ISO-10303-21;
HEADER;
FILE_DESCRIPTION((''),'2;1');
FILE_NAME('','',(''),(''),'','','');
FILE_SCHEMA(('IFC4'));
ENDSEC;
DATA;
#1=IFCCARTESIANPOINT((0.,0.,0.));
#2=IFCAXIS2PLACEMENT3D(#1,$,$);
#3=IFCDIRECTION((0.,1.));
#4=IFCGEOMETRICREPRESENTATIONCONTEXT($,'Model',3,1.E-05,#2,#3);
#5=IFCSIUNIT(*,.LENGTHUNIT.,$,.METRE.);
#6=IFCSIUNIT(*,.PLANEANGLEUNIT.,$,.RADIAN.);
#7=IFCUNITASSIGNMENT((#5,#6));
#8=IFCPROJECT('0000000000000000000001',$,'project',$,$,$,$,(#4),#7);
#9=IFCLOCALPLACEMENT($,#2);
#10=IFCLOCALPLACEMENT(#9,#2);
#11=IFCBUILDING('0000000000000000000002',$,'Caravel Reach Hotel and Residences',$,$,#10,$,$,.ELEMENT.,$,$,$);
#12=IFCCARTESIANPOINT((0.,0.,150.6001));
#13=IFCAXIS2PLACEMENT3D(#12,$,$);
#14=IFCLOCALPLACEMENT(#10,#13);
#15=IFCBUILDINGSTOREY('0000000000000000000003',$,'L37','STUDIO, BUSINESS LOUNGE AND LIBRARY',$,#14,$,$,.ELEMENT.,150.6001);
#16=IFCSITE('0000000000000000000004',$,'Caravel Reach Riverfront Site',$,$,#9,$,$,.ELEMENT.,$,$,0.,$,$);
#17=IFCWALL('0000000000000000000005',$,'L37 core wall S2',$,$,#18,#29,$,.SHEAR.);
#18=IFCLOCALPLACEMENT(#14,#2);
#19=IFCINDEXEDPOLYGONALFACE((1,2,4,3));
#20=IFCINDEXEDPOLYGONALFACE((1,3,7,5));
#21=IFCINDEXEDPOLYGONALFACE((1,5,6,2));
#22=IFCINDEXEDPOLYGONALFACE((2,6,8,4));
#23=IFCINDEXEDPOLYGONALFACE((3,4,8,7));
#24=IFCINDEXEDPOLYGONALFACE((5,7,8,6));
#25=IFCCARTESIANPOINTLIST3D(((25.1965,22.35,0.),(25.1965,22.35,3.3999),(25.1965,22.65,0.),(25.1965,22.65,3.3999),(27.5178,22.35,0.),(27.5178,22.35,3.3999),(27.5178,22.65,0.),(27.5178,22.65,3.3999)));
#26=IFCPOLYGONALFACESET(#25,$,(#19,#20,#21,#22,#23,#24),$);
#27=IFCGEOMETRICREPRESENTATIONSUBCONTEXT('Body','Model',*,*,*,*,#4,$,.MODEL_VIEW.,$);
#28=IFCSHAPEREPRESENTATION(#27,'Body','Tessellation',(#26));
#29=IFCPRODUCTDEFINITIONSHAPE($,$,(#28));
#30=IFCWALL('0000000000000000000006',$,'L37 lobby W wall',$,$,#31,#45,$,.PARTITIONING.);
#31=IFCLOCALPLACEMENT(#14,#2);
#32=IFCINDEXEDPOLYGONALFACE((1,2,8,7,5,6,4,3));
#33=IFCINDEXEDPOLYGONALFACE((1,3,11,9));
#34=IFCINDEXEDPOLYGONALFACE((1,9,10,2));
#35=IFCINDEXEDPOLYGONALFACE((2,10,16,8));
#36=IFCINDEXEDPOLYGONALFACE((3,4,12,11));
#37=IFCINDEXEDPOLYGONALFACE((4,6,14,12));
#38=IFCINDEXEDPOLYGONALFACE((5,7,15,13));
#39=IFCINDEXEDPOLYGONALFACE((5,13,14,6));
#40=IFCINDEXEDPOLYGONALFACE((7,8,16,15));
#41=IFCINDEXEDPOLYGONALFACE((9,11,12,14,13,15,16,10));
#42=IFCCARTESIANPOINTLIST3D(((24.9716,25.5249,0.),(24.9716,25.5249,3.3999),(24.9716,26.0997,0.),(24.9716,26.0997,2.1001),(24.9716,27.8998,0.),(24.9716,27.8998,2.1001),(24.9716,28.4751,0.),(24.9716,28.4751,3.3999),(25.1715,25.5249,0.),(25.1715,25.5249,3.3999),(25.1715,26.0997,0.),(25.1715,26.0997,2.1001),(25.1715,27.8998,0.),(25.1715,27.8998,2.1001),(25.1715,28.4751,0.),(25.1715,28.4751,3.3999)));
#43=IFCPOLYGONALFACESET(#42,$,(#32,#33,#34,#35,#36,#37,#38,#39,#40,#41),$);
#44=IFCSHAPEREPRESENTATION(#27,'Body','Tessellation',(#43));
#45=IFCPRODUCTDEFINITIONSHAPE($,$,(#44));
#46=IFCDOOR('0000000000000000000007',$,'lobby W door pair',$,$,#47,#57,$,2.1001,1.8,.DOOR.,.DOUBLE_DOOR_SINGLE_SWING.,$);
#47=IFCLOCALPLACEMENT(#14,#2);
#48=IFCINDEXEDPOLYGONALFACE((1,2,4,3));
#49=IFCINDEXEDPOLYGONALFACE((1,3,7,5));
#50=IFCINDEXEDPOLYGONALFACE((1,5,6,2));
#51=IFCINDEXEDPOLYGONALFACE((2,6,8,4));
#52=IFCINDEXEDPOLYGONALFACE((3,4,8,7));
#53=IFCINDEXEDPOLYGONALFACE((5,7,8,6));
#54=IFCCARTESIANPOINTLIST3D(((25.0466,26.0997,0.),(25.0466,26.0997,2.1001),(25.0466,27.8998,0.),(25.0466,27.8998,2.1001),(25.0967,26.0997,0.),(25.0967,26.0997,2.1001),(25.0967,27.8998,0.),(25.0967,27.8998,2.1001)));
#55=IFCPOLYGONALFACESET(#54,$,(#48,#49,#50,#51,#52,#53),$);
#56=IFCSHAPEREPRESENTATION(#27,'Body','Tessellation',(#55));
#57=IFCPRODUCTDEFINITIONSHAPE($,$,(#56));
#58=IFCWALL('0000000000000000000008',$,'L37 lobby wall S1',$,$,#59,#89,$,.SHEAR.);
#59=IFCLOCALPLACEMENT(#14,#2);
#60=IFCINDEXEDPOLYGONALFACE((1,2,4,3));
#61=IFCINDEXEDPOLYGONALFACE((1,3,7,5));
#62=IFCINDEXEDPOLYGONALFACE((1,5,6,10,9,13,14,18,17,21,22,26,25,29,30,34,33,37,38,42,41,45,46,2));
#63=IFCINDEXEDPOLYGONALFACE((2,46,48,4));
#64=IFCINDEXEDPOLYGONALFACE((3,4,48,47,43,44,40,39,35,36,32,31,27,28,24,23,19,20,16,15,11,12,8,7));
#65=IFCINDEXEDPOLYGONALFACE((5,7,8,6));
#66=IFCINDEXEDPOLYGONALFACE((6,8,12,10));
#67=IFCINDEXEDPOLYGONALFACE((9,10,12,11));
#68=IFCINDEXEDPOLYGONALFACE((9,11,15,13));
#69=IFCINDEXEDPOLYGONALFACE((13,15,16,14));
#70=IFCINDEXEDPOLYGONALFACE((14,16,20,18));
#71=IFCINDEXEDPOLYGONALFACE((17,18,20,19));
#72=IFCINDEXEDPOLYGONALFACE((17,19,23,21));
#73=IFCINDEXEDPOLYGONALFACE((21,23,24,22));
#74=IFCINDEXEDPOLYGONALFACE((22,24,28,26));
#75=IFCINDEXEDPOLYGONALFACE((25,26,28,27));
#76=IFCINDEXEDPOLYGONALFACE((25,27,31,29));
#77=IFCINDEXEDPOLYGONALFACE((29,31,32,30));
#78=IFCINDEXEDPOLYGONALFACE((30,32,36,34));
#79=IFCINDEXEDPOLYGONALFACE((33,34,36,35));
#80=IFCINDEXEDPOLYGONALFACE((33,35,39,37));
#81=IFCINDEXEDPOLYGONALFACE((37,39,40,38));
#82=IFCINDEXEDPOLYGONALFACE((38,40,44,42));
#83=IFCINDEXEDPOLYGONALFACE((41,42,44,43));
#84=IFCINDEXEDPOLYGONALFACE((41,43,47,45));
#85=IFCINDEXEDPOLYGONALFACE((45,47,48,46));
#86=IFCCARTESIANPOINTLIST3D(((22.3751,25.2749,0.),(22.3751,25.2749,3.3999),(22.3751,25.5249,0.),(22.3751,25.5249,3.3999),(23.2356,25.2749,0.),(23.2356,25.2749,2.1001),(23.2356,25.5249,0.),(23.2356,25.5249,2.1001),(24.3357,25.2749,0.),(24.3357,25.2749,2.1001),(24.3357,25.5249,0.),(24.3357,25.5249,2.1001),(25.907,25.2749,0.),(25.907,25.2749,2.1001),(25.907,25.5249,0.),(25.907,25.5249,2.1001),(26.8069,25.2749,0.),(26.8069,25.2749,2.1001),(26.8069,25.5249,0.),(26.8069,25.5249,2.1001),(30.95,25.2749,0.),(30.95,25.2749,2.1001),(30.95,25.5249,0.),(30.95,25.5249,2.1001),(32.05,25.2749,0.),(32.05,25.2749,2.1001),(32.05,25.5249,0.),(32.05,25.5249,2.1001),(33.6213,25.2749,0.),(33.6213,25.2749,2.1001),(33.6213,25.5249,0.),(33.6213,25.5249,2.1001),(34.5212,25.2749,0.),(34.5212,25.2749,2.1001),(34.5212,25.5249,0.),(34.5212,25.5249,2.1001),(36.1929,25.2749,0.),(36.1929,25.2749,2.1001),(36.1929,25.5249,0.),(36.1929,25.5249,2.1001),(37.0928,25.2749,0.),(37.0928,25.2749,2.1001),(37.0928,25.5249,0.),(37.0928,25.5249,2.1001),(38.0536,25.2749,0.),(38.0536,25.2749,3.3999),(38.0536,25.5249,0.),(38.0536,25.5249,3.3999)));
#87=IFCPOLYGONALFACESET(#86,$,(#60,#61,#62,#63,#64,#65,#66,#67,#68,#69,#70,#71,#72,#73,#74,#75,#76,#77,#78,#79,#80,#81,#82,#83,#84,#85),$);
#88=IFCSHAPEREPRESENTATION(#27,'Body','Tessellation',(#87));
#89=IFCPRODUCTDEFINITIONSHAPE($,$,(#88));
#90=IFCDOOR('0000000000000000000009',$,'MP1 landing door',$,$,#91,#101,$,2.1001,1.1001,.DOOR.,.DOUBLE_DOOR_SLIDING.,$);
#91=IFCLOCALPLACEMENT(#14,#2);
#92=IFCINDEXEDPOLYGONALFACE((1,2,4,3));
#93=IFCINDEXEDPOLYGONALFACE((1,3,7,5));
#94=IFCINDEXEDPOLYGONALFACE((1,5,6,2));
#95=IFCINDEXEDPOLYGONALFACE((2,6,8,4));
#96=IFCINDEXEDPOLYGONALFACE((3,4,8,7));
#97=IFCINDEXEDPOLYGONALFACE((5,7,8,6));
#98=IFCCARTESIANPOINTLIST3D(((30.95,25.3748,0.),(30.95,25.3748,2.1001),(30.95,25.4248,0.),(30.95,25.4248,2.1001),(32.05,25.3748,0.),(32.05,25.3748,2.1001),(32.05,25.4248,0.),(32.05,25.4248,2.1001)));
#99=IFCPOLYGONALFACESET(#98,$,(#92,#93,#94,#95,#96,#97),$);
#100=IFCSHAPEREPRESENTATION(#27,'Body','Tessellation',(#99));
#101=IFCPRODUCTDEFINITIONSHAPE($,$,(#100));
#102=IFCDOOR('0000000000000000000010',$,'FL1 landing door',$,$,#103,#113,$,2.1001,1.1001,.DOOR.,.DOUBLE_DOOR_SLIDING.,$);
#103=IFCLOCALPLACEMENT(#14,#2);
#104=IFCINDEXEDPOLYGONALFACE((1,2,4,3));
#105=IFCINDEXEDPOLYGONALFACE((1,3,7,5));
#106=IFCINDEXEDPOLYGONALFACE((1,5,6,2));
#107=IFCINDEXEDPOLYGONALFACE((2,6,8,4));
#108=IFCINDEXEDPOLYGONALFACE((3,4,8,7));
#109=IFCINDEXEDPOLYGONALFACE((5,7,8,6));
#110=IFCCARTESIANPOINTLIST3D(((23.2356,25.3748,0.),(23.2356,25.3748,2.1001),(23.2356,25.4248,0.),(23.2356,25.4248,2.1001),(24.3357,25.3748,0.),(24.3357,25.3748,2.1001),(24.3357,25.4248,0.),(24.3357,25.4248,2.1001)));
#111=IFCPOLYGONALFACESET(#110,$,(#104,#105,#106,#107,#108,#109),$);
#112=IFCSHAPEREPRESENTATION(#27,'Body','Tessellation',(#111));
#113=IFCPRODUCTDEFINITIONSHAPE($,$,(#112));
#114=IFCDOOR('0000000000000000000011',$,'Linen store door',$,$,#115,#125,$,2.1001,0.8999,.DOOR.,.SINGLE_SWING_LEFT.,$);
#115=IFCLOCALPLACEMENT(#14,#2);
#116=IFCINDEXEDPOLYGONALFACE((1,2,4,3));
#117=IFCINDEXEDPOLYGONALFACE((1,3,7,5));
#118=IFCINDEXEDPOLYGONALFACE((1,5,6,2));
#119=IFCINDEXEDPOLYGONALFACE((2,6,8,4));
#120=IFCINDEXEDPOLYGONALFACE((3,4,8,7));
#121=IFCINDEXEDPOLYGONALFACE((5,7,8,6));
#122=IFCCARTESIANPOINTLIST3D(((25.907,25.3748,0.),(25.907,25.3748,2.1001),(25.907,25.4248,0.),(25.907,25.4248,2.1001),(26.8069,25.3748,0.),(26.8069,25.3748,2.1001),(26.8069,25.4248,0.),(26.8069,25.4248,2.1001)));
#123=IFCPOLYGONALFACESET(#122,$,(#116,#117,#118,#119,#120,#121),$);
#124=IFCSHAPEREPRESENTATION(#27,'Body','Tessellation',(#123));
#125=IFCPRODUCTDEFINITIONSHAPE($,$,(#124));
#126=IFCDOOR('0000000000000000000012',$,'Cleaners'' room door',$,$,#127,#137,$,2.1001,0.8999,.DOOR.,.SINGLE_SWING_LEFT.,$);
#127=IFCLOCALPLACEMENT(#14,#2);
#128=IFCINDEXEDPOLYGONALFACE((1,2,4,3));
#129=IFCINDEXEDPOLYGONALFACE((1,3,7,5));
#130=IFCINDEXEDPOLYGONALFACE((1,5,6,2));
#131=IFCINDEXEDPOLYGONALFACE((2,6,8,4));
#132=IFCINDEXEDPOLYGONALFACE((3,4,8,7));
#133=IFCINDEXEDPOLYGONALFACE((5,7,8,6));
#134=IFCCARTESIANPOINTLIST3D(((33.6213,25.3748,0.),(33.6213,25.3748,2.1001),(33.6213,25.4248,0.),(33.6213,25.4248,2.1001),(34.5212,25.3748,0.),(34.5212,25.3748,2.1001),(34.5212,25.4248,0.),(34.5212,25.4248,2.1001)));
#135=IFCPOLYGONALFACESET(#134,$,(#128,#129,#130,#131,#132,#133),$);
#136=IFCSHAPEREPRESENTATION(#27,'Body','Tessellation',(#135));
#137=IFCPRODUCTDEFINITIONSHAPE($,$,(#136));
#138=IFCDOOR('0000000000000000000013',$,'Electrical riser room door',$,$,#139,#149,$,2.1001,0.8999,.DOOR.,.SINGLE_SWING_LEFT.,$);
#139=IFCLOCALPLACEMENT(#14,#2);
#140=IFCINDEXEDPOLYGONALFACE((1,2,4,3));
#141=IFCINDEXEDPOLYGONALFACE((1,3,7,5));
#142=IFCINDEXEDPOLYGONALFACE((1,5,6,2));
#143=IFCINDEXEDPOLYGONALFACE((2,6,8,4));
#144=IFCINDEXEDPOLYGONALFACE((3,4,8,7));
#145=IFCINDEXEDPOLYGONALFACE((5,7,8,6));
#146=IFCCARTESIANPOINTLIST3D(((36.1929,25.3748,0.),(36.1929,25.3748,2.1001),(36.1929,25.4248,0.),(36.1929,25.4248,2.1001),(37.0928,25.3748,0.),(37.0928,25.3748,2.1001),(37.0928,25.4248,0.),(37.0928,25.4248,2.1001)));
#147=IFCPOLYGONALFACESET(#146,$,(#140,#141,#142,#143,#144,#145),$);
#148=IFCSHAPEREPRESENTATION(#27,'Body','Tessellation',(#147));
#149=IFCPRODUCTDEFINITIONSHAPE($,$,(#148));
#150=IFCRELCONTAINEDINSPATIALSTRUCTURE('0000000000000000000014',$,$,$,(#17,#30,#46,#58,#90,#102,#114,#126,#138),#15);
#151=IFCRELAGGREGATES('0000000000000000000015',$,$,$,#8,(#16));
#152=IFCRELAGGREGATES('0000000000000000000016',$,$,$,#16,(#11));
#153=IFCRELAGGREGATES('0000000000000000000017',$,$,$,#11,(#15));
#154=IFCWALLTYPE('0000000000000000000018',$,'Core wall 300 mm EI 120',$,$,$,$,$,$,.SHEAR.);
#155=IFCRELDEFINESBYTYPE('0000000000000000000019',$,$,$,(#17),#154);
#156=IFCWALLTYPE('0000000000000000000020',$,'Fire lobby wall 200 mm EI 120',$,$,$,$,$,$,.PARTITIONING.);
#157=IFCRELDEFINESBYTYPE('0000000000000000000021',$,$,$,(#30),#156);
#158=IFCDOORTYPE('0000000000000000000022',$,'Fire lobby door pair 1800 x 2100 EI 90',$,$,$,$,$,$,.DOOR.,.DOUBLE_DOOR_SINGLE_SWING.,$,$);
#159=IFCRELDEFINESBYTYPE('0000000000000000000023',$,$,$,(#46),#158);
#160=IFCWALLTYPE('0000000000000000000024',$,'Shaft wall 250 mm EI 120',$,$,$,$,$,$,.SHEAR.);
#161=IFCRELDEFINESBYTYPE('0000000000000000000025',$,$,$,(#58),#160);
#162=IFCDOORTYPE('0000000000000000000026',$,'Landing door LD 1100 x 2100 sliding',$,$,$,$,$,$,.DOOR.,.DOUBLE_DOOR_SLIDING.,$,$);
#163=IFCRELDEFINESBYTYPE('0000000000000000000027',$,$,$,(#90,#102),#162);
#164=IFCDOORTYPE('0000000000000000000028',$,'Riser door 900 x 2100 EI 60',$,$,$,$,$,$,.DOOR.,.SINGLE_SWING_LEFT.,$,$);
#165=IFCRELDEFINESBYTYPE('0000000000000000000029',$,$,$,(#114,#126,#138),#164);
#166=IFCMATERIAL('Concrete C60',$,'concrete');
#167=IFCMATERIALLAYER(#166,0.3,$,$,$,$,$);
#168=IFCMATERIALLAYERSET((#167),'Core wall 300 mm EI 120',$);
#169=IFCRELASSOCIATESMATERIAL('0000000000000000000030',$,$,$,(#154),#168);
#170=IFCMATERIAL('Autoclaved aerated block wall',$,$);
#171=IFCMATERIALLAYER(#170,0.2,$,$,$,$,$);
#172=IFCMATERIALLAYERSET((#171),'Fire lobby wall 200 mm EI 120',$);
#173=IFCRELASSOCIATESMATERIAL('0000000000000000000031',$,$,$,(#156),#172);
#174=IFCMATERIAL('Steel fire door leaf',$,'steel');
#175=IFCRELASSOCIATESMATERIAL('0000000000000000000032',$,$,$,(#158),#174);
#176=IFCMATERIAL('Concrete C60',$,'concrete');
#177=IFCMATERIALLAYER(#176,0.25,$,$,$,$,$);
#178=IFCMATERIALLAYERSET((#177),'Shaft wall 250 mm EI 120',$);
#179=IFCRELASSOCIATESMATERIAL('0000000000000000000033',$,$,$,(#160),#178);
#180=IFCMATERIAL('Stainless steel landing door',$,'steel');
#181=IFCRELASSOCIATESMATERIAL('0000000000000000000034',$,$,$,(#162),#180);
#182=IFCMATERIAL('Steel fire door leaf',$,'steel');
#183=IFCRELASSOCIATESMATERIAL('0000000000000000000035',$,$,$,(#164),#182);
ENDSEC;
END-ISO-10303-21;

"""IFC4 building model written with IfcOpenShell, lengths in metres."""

from ifc_helpers import new_model, si_unit, direction, frame, frame_2d, origin, place, context, subcontext, project, spatial, rectangle, extrude, material, layer, layer_set, type_object, element, fill, save


model = new_model("IFC4")

# Units and contexts
model_context = context("Model", 3, precision=1e-05, world=origin(), true_north=direction((0.0, 1.0)))
body_context = subcontext(model_context, "Body", "Model", "MODEL_VIEW")
ifc_project = project(units=[si_unit("LENGTHUNIT", "METRE"), si_unit("PLANEANGLEUNIT", "RADIAN")], contexts=[model_context])

# Site, building, storey
site_placement = place(None, origin())
site = spatial("IfcSite", under=ifc_project, at=site_placement, Name="Caravel Reach Riverfront Site", CompositionType="ELEMENT", RefElevation=0.0)
building_placement = place(site_placement, origin())
building = spatial("IfcBuilding", under=site, at=building_placement, Name="Caravel Reach Hotel and Residences", CompositionType="ELEMENT")
storey_placement = place(building_placement, frame((0.0, 0.0, 150.6001)))
storey = spatial("IfcBuildingStorey", under=building, at=storey_placement, Name="L37", Description="STUDIO, BUSINESS LOUNGE AND LIBRARY", CompositionType="ELEMENT", Elevation=150.6001)

# Wall
ifc_material_1 = material(Name="Concrete C60", Category="concrete")
ifc_layer_1 = layer(ifc_material_1, 0.3)
ifc_layer_set_1 = layer_set([ifc_layer_1], Name="Core wall 300 mm EI 120")
wall_type_1 = type_object("IfcWallType", Name="Core wall 300 mm EI 120", PredefinedType="SHEAR", material=ifc_layer_set_1)
wall_1_placement = place(storey_placement, frame((25.1965, 22.5, 0.0), z_axis=(0.0, 0.0, 1.0), x_axis=(1.0, 0.0, 0.0)))
element("IfcWall", 1, at=wall_1_placement, inside=storey, type_object=wall_type_1, Name="L37 core wall S2", PredefinedType="SHEAR", context=body_context, shape_type="SweptSolid", body=[
    extrude(rectangle(XDim=2.3213, YDim=0.3, at=frame_2d((1.1606, 0.0))), origin(), (0.0, 0.0, 1.0), 3.3999),
])

# Wall, opening, door
ifc_material_2 = material(Name="Autoclaved aerated block wall")
ifc_layer_2 = layer(ifc_material_2, 0.2)
ifc_layer_set_2 = layer_set([ifc_layer_2], Name="Fire lobby wall 200 mm EI 120")
wall_type_2 = type_object("IfcWallType", Name="Fire lobby wall 200 mm EI 120", PredefinedType="PARTITIONING", material=ifc_layer_set_2)
wall_2_placement = place(storey_placement, frame((25.0715, 25.5249, 0.0), z_axis=(0.0, 0.0, 1.0), x_axis=(0.0, 1.0, 0.0)))
wall_2 = element("IfcWall", 2, at=wall_2_placement, inside=storey, type_object=wall_type_2, Name="L37 lobby W wall", PredefinedType="PARTITIONING", context=body_context, shape_type="SweptSolid", body=[
    extrude(rectangle(XDim=2.9502, YDim=0.2, at=frame_2d((1.4751, 0.0))), origin(), (0.0, 0.0, 1.0), 3.3999),
])
opening_1_placement = place(wall_2_placement, frame((0.575, 0.0, 0.0)))
opening_1 = element("IfcOpeningElement", 3, at=opening_1_placement, cuts=wall_2, PredefinedType="OPENING", context=body_context, shape_type="SweptSolid", body=[
    extrude(rectangle(XDim=1.8, YDim=2.1001, at=frame_2d((0.8999, 1.05))), frame((0.0, 0.1099, 0.0), z_axis=(0.0, -1.0, 0.0), x_axis=(1.0, 0.0, 0.0)), (0.0, 0.0, 1.0), 0.22),
])
ifc_material_3 = material(Name="Steel fire door leaf", Category="steel")
door_type_1 = type_object("IfcDoorType", Name="Fire lobby door pair 1800 x 2100 EI 90", OperationType="DOUBLE_DOOR_SINGLE_SWING", PredefinedType="DOOR", material=ifc_material_3)
door_1_placement = place(opening_1_placement, origin())
door_1 = element("IfcDoor", 4, at=door_1_placement, inside=storey, type_object=door_type_1, Name="lobby W door pair", OperationType="DOUBLE_DOOR_SINGLE_SWING", OverallHeight=2.1001, OverallWidth=1.8, PredefinedType="DOOR", context=body_context, shape_type="SweptSolid", body=[
    extrude(rectangle(XDim=1.8, YDim=2.1001, at=frame_2d((0.8999, 1.05))), frame((0.0, 0.0249, 0.0), z_axis=(0.0, -1.0, 0.0), x_axis=(1.0, 0.0, 0.0)), (0.0, 0.0, 1.0), 0.05),
])
fill(opening_1, door_1)

# Wall, openings, doors
ifc_material_4 = material(Name="Concrete C60", Category="concrete")
ifc_layer_3 = layer(ifc_material_4, 0.25)
ifc_layer_set_3 = layer_set([ifc_layer_3], Name="Shaft wall 250 mm EI 120")
wall_type_3 = type_object("IfcWallType", Name="Shaft wall 250 mm EI 120", PredefinedType="SHEAR", material=ifc_layer_set_3)
wall_3_placement = place(storey_placement, frame((22.375, 25.3999, 0.0), z_axis=(0.0, 0.0, 1.0), x_axis=(1.0, 0.0, 0.0)))
wall_3 = element("IfcWall", 5, at=wall_3_placement, inside=storey, type_object=wall_type_3, Name="L37 lobby wall S1", PredefinedType="SHEAR", context=body_context, shape_type="SweptSolid", body=[
    extrude(rectangle(XDim=15.6785, YDim=0.25, at=frame_2d((7.8394, 0.0))), origin(), (0.0, 0.0, 1.0), 3.3999),
])
opening_2_placement = place(wall_3_placement, frame((8.575, 0.0, 0.0)))
opening_2 = element("IfcOpeningElement", 6, at=opening_2_placement, cuts=wall_3, PredefinedType="OPENING", context=body_context, shape_type="SweptSolid", body=[
    extrude(rectangle(XDim=1.1001, YDim=2.1001, at=frame_2d((0.55, 1.05))), frame((0.0, 0.135, 0.0), z_axis=(0.0, -1.0, 0.0), x_axis=(1.0, 0.0, 0.0)), (0.0, 0.0, 1.0), 0.27),
])
opening_3_placement = place(wall_3_placement, frame((0.8606, 0.0, 0.0)))
opening_3 = element("IfcOpeningElement", 7, at=opening_3_placement, cuts=wall_3, PredefinedType="OPENING", context=body_context, shape_type="SweptSolid", body=[
    extrude(rectangle(XDim=1.1001, YDim=2.1001, at=frame_2d((0.55, 1.05))), frame((0.0, 0.135, 0.0), z_axis=(0.0, -1.0, 0.0), x_axis=(1.0, 0.0, 0.0)), (0.0, 0.0, 1.0), 0.27),
])
opening_4_placement = place(wall_3_placement, frame((3.532, 0.0, 0.0)))
opening_4 = element("IfcOpeningElement", 8, at=opening_4_placement, cuts=wall_3, PredefinedType="OPENING", context=body_context, shape_type="SweptSolid", body=[
    extrude(rectangle(XDim=0.8999, YDim=2.1001, at=frame_2d((0.45, 1.05))), frame((0.0, 0.135, 0.0), z_axis=(0.0, -1.0, 0.0), x_axis=(1.0, 0.0, 0.0)), (0.0, 0.0, 1.0), 0.27),
])
opening_5_placement = place(wall_3_placement, frame((11.2463, 0.0, 0.0)))
opening_5 = element("IfcOpeningElement", 9, at=opening_5_placement, cuts=wall_3, PredefinedType="OPENING", context=body_context, shape_type="SweptSolid", body=[
    extrude(rectangle(XDim=0.8999, YDim=2.1001, at=frame_2d((0.45, 1.05))), frame((0.0, 0.135, 0.0), z_axis=(0.0, -1.0, 0.0), x_axis=(1.0, 0.0, 0.0)), (0.0, 0.0, 1.0), 0.27),
])
opening_6_placement = place(wall_3_placement, frame((13.8179, 0.0, 0.0)))
opening_6 = element("IfcOpeningElement", 10, at=opening_6_placement, cuts=wall_3, PredefinedType="OPENING", context=body_context, shape_type="SweptSolid", body=[
    extrude(rectangle(XDim=0.8999, YDim=2.1001, at=frame_2d((0.45, 1.05))), frame((0.0, 0.135, 0.0), z_axis=(0.0, -1.0, 0.0), x_axis=(1.0, 0.0, 0.0)), (0.0, 0.0, 1.0), 0.27),
])
ifc_material_5 = material(Name="Stainless steel landing door", Category="steel")
door_type_2 = type_object("IfcDoorType", Name="Landing door LD 1100 x 2100 sliding", OperationType="DOUBLE_DOOR_SLIDING", PredefinedType="DOOR", material=ifc_material_5)
door_2_placement = place(opening_2_placement, origin())
door_2 = element("IfcDoor", 11, at=door_2_placement, inside=storey, type_object=door_type_2, Name="MP1 landing door", OperationType="DOUBLE_DOOR_SLIDING", OverallHeight=2.1001, OverallWidth=1.1001, PredefinedType="DOOR", context=body_context, shape_type="SweptSolid", body=[
    extrude(rectangle(XDim=1.1001, YDim=2.1001, at=frame_2d((0.55, 1.05))), frame((0.0, 0.0249, 0.0), z_axis=(0.0, -1.0, 0.0), x_axis=(1.0, 0.0, 0.0)), (0.0, 0.0, 1.0), 0.05),
])
fill(opening_2, door_2)
door_3_placement = place(opening_3_placement, origin())
door_3 = element("IfcDoor", 12, at=door_3_placement, inside=storey, type_object=door_type_2, Name="FL1 landing door", OperationType="DOUBLE_DOOR_SLIDING", OverallHeight=2.1001, OverallWidth=1.1001, PredefinedType="DOOR", context=body_context, shape_type="SweptSolid", body=[
    extrude(rectangle(XDim=1.1001, YDim=2.1001, at=frame_2d((0.55, 1.05))), frame((0.0, 0.0249, 0.0), z_axis=(0.0, -1.0, 0.0), x_axis=(1.0, 0.0, 0.0)), (0.0, 0.0, 1.0), 0.05),
])
fill(opening_3, door_3)
ifc_material_6 = material(Name="Steel fire door leaf", Category="steel")
door_type_3 = type_object("IfcDoorType", Name="Riser door 900 x 2100 EI 60", OperationType="SINGLE_SWING_LEFT", PredefinedType="DOOR", material=ifc_material_6)
door_4_placement = place(opening_4_placement, origin())
door_4 = element("IfcDoor", 13, at=door_4_placement, inside=storey, type_object=door_type_3, Name="Linen store door", OperationType="SINGLE_SWING_LEFT", OverallHeight=2.1001, OverallWidth=0.8999, PredefinedType="DOOR", context=body_context, shape_type="SweptSolid", body=[
    extrude(rectangle(XDim=0.8999, YDim=2.1001, at=frame_2d((0.45, 1.05))), frame((0.0, 0.0249, 0.0), z_axis=(0.0, -1.0, 0.0), x_axis=(1.0, 0.0, 0.0)), (0.0, 0.0, 1.0), 0.05),
])
fill(opening_4, door_4)
door_5_placement = place(opening_5_placement, origin())
door_5 = element("IfcDoor", 14, at=door_5_placement, inside=storey, type_object=door_type_3, Name="Cleaners' room door", OperationType="SINGLE_SWING_LEFT", OverallHeight=2.1001, OverallWidth=0.8999, PredefinedType="DOOR", context=body_context, shape_type="SweptSolid", body=[
    extrude(rectangle(XDim=0.8999, YDim=2.1001, at=frame_2d((0.45, 1.05))), frame((0.0, 0.0249, 0.0), z_axis=(0.0, -1.0, 0.0), x_axis=(1.0, 0.0, 0.0)), (0.0, 0.0, 1.0), 0.05),
])
fill(opening_5, door_5)
door_6_placement = place(opening_6_placement, origin())
door_6 = element("IfcDoor", 15, at=door_6_placement, inside=storey, type_object=door_type_3, Name="Electrical riser room door", OperationType="SINGLE_SWING_LEFT", OverallHeight=2.1001, OverallWidth=0.8999, PredefinedType="DOOR", context=body_context, shape_type="SweptSolid", body=[
    extrude(rectangle(XDim=0.8999, YDim=2.1001, at=frame_2d((0.45, 1.05))), frame((0.0, 0.0249, 0.0), z_axis=(0.0, -1.0, 0.0), x_axis=(1.0, 0.0, 0.0)), (0.0, 0.0, 1.0), 0.05),
])
fill(opening_6, door_6)

save(model, "model.ifc")
